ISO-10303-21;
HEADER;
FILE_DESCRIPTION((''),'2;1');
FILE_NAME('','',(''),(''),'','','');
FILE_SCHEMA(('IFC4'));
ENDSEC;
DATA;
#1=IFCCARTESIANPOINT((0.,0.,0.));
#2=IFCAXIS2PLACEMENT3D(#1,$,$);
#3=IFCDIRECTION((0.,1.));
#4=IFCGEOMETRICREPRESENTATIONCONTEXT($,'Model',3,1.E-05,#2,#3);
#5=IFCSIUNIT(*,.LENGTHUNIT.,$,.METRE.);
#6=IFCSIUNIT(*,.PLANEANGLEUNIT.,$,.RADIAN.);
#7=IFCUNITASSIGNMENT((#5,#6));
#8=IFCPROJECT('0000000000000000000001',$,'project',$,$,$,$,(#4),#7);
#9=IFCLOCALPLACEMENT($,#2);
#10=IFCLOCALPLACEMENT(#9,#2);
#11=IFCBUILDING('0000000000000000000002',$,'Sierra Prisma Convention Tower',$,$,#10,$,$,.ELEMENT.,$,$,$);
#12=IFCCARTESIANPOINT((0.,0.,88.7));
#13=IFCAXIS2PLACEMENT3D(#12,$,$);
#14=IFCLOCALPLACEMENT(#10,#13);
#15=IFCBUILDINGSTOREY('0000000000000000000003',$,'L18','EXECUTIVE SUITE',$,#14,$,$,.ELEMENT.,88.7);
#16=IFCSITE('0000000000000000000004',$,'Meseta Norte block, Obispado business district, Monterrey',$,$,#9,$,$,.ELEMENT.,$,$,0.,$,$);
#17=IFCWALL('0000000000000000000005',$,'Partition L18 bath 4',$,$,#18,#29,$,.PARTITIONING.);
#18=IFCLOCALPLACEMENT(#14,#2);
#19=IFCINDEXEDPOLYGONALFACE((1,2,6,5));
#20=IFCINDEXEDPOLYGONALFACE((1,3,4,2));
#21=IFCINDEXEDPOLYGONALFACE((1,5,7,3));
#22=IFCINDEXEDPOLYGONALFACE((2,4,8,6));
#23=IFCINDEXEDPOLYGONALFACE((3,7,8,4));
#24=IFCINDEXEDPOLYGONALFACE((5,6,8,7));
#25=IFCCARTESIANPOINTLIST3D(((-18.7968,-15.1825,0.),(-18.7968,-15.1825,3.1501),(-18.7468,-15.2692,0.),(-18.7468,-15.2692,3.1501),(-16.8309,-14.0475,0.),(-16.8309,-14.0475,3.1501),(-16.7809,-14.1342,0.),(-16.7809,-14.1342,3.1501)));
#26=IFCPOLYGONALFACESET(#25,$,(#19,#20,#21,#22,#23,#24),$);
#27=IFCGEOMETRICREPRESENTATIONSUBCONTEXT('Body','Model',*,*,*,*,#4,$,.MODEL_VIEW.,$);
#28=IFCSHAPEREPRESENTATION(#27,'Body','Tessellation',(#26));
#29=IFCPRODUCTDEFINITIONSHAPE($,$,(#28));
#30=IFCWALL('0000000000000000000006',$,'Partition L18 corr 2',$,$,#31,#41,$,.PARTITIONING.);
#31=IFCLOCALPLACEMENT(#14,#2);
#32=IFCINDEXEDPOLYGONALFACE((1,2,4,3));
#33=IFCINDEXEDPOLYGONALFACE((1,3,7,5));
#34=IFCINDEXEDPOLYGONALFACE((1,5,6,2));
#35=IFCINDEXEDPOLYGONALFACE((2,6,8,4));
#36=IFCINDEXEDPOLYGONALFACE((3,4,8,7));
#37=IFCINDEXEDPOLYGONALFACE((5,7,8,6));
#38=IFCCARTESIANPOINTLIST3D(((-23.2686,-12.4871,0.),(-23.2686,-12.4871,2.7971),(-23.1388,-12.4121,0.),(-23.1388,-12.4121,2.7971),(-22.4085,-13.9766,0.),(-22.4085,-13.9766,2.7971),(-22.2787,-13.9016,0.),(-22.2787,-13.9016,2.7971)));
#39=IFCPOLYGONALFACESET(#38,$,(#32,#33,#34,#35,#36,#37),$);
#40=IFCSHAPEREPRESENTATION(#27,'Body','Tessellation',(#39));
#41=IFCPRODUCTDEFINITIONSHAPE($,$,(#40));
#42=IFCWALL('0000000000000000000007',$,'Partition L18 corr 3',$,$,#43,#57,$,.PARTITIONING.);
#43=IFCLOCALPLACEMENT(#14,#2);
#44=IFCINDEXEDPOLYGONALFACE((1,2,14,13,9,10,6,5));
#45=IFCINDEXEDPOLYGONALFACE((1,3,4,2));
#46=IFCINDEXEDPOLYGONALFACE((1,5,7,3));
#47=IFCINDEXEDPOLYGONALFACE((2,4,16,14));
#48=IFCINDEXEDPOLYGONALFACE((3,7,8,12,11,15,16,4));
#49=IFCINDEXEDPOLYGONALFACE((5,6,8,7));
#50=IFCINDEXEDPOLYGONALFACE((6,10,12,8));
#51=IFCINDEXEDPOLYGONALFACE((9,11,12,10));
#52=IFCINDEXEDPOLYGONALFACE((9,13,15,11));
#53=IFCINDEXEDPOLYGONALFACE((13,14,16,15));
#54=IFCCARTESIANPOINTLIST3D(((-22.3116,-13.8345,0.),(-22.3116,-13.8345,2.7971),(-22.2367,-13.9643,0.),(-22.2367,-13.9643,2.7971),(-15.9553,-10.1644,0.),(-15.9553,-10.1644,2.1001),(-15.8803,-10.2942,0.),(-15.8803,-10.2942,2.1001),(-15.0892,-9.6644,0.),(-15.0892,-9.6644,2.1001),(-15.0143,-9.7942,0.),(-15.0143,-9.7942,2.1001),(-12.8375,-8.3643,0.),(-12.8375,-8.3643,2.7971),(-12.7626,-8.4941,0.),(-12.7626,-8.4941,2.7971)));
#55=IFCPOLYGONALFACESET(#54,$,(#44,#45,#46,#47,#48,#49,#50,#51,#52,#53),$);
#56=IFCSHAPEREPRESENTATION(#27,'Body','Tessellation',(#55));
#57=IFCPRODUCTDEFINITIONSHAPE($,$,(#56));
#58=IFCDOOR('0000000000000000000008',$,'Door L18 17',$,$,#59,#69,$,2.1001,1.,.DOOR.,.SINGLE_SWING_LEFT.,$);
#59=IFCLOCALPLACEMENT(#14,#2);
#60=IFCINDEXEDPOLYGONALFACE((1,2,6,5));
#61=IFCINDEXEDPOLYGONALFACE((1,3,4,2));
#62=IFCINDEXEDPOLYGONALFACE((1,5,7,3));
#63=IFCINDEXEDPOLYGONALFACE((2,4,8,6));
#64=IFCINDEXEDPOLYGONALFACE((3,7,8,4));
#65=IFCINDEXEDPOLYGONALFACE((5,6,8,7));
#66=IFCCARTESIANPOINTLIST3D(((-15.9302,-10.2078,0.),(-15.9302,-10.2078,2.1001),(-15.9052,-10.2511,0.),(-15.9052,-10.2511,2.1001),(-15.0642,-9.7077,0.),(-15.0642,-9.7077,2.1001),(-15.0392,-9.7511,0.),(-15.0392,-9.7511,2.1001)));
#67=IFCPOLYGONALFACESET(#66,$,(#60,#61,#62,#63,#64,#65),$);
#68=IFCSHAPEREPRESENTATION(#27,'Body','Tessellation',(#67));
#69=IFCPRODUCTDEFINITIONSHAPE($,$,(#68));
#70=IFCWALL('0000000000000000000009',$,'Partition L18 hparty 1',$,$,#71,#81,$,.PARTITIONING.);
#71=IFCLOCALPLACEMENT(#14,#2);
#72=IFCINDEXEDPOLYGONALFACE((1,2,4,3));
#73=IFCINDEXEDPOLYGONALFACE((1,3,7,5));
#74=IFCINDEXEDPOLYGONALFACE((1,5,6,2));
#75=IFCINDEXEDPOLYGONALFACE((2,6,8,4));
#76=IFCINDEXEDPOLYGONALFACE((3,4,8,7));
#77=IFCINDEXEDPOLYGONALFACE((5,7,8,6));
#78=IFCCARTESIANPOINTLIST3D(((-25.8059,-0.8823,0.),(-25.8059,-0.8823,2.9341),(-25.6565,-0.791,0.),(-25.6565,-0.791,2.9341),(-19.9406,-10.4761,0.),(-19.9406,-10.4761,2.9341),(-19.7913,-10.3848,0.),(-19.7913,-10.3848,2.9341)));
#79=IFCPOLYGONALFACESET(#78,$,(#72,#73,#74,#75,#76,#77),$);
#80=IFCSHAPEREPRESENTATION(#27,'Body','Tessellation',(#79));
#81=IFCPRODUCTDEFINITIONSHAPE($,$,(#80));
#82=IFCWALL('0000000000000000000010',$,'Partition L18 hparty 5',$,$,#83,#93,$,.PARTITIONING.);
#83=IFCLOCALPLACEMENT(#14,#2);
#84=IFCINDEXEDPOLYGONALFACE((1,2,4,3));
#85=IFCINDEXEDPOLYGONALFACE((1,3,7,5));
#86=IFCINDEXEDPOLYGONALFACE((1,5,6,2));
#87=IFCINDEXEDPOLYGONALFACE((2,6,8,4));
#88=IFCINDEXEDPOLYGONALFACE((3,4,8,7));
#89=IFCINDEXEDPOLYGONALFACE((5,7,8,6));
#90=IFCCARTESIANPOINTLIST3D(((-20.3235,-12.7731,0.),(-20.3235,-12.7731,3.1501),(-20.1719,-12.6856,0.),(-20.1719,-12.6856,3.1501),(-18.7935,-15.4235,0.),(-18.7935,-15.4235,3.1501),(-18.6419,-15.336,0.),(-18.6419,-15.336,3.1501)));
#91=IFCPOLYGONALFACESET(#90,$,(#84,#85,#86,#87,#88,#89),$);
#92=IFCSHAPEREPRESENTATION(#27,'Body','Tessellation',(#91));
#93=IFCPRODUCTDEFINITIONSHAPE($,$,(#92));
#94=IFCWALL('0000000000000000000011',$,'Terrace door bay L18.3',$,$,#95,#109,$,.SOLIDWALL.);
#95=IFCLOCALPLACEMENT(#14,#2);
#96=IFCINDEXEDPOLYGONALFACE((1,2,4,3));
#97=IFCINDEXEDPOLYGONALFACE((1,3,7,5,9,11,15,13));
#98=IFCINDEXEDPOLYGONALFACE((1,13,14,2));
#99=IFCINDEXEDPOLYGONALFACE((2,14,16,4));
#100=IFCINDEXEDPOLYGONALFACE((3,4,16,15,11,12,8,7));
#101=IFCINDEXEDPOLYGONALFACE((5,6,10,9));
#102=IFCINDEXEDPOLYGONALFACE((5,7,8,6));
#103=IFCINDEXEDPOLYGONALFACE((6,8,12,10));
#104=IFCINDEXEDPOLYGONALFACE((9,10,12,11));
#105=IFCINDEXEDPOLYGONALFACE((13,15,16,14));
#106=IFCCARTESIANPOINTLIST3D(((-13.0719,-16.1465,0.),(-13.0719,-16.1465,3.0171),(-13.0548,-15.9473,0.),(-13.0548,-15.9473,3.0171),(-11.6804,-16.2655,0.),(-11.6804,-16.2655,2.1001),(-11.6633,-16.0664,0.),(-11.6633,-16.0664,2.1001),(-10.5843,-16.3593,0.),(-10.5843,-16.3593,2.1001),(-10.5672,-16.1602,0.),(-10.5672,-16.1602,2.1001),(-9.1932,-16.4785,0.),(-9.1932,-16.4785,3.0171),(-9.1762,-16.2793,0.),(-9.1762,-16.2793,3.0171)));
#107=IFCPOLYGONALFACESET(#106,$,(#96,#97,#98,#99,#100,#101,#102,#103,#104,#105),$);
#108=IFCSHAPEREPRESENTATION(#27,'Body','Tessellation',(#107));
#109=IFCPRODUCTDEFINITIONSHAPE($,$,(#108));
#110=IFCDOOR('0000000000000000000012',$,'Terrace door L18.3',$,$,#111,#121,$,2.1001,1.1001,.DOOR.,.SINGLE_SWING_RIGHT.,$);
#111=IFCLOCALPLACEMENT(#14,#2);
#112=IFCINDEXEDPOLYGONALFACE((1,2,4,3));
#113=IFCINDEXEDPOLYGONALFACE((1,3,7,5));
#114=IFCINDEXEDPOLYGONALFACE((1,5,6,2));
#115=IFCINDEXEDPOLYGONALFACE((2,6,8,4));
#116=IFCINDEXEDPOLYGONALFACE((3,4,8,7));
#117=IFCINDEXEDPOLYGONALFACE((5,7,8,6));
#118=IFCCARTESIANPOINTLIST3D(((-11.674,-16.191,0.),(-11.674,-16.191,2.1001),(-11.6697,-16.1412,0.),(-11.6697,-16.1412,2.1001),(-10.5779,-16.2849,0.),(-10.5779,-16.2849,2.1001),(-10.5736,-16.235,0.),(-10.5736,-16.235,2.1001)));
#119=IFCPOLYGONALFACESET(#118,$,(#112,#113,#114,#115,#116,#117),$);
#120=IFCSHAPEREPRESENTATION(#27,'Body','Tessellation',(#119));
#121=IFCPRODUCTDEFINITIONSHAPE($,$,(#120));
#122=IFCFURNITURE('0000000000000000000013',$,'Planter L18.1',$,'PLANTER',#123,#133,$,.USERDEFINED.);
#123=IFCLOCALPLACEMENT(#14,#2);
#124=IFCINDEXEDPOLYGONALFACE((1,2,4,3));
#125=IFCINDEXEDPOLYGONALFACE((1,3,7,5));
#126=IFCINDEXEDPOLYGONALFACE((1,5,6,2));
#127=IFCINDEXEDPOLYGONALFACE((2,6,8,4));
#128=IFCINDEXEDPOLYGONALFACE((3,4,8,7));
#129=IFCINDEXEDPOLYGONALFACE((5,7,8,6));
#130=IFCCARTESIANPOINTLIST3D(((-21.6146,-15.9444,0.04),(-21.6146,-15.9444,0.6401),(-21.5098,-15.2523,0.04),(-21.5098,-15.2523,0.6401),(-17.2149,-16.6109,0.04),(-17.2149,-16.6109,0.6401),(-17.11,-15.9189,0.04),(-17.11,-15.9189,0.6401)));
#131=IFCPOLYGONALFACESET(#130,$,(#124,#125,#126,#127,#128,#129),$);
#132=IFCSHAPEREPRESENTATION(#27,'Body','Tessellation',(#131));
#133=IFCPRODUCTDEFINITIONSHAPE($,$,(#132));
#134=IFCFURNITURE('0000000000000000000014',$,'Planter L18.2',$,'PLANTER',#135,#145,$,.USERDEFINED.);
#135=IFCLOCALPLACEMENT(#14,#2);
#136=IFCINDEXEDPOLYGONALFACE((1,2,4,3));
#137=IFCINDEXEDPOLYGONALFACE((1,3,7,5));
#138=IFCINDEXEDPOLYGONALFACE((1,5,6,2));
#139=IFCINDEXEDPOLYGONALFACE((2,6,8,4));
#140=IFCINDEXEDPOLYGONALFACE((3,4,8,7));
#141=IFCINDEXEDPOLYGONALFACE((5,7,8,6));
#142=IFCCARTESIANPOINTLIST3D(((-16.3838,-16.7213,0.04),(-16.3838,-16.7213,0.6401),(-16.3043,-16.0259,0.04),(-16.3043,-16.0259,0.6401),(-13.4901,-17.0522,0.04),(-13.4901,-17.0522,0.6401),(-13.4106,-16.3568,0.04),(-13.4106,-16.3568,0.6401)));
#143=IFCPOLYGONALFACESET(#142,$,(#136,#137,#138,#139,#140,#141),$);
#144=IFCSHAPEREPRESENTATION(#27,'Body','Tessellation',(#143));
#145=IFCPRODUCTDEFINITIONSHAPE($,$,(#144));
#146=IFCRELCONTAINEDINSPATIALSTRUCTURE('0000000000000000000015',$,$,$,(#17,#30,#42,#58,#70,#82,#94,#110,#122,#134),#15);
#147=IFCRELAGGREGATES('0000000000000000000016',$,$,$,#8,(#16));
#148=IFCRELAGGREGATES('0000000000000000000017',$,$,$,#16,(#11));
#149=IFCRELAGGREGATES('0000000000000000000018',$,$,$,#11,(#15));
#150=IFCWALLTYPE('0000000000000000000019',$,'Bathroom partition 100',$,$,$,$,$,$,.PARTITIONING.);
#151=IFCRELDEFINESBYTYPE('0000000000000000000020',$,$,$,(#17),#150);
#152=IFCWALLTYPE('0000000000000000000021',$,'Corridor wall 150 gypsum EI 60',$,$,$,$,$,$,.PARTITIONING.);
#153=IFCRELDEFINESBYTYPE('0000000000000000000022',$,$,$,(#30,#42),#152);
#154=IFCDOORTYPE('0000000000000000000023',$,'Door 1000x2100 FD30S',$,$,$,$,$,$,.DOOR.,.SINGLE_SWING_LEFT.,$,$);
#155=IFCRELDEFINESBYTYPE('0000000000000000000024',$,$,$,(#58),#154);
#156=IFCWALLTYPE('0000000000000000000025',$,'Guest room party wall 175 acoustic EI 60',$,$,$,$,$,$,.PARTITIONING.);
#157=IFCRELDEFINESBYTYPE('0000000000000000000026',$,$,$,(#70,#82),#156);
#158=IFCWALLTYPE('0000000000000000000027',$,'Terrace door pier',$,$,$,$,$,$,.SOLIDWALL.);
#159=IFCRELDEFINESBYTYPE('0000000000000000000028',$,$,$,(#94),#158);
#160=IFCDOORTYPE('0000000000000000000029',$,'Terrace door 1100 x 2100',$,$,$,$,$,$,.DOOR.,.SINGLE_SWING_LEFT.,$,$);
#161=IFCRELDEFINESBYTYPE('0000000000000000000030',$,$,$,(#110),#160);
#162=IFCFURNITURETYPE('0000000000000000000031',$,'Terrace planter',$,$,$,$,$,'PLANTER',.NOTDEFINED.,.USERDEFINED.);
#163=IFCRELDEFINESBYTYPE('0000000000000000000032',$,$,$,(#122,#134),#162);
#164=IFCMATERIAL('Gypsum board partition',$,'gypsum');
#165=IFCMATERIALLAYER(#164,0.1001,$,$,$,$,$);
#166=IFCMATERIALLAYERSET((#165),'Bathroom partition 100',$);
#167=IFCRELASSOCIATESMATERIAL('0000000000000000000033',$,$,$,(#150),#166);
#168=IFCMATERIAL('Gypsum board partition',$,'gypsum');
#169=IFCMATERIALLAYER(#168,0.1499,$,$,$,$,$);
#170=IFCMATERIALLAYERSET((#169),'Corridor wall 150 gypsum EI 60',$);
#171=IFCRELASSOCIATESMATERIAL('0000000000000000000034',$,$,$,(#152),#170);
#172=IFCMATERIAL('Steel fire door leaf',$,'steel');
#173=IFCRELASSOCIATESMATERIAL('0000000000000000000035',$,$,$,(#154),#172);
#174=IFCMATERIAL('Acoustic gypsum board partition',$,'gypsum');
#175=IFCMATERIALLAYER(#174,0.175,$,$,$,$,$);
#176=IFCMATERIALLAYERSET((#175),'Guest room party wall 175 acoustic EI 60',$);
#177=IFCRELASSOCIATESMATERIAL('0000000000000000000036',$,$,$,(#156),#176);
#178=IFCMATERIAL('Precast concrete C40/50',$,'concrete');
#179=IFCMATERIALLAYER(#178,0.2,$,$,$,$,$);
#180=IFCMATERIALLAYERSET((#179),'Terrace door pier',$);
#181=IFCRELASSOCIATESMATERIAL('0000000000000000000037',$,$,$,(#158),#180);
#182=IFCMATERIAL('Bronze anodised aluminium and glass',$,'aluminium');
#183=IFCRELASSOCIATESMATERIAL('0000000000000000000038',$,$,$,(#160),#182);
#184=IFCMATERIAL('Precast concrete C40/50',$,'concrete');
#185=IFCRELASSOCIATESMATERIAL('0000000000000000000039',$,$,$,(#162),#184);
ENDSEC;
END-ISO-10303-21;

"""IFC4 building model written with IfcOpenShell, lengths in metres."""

from ifc_helpers import new_model, si_unit, direction, frame, frame_2d, origin, origin_2d, place, context, subcontext, project, spatial, rectangle, extrude, material, layer, layer_set, type_object, element, fill, save


model = new_model("IFC4")

# Units and contexts
model_context = context("Model", 3, precision=1e-05, world=origin(), true_north=direction((0.0, 1.0)))
body_context = subcontext(model_context, "Body", "Model", "MODEL_VIEW")
ifc_project = project(units=[si_unit("LENGTHUNIT", "METRE"), si_unit("PLANEANGLEUNIT", "RADIAN")], contexts=[model_context])

# Site, building, storey
site_placement = place(None, origin())
site = spatial("IfcSite", under=ifc_project, at=site_placement, Name="Meseta Norte block, Obispado business district, Monterrey", CompositionType="ELEMENT", RefElevation=0.0)
building_placement = place(site_placement, origin())
building = spatial("IfcBuilding", under=site, at=building_placement, Name="Sierra Prisma Convention Tower", CompositionType="ELEMENT")
storey_placement = place(building_placement, frame((0.0, 0.0, 88.7)))
storey = spatial("IfcBuildingStorey", under=building, at=storey_placement, Name="L18", Description="EXECUTIVE SUITE", CompositionType="ELEMENT", Elevation=88.7)

# Shared definitions
ifc_material_1 = material(Name="Gypsum board partition", Category="gypsum")
ifc_layer_1 = layer(ifc_material_1, 0.1001)
ifc_layer_set_1 = layer_set([ifc_layer_1], Name="Bathroom partition 100")
wall_type_1 = type_object("IfcWallType", Name="Bathroom partition 100", PredefinedType="PARTITIONING", material=ifc_layer_set_1)

# Walls
wall_1_placement = place(storey_placement, frame((-16.8059, -14.0908, 0.0), z_axis=(0.0, 0.0, 1.0), x_axis=(-0.866017, -0.500014, 0.0)))
element("IfcWall", 1, at=wall_1_placement, inside=storey, type_object=wall_type_1, Name="Partition L18 bath 4", PredefinedType="PARTITIONING", context=body_context, shape_type="SweptSolid", body=[
    extrude(rectangle(XDim=2.27, YDim=0.1001, at=frame_2d((1.135, 0.0))), origin(), (0.0, 0.0, 1.0), 3.1501),
])
ifc_material_2 = material(Name="Gypsum board partition", Category="gypsum")
ifc_layer_2 = layer(ifc_material_2, 0.1499)
ifc_layer_set_2 = layer_set([ifc_layer_2], Name="Corridor wall 150 gypsum EI 60")
wall_type_2 = type_object("IfcWallType", Name="Corridor wall 150 gypsum EI 60", PredefinedType="PARTITIONING", material=ifc_layer_set_2)
wall_2_placement = place(storey_placement, frame((-23.2036, -12.4497, 0.0), z_axis=(0.0, 0.0, 1.0), x_axis=(0.500062, -0.865989, 0.0)))
element("IfcWall", 2, at=wall_2_placement, inside=storey, type_object=wall_type_2, Name="Partition L18 corr 2", PredefinedType="PARTITIONING", context=body_context, shape_type="SweptSolid", body=[
    extrude(rectangle(XDim=1.72, YDim=0.1499, at=frame_2d((0.8599, 0.0))), origin(), (0.0, 0.0, 1.0), 2.7971),
])

# Wall, opening, door
wall_3_placement = place(storey_placement, frame((-22.2742, -13.8994, 0.0), z_axis=(0.0, 0.0, 1.0), x_axis=(0.866012, 0.500023, 0.0)))
wall_3 = element("IfcWall", 3, at=wall_3_placement, inside=storey, type_object=wall_type_2, Name="Partition L18 corr 3", PredefinedType="PARTITIONING", context=body_context, shape_type="SweptSolid", body=[
    extrude(rectangle(XDim=10.9399, YDim=0.1499, at=frame_2d((5.47, 0.0))), origin(), (0.0, 0.0, 1.0), 2.7971),
])
opening_1_placement = place(wall_3_placement, frame((7.3398, 0.0, 0.0)))
opening_1 = element("IfcOpeningElement", 4, at=opening_1_placement, cuts=wall_3, PredefinedType="OPENING", context=body_context, shape_type="SweptSolid", body=[
    extrude(rectangle(XDim=1.0, YDim=2.1001, at=frame_2d((0.5, 1.05))), frame((0.0, 0.075, 0.0), z_axis=(0.0, -1.0, 0.0), x_axis=(1.0, 0.0, 0.0)), (0.0, 0.0, 1.0), 0.1499),
])
ifc_material_3 = material(Name="Steel fire door leaf", Category="steel")
door_type_1 = type_object("IfcDoorType", Name="Door 1000x2100 FD30S", OperationType="SINGLE_SWING_LEFT", PredefinedType="DOOR", material=ifc_material_3)
door_1_placement = place(opening_1_placement, origin())
door_1 = element("IfcDoor", 5, at=door_1_placement, inside=storey, type_object=door_type_1, Name="Door L18 17", OperationType="SINGLE_SWING_LEFT", OverallHeight=2.1001, OverallWidth=1.0, PredefinedType="DOOR", context=body_context, shape_type="SweptSolid", body=[
    extrude(rectangle(XDim=1.0, YDim=2.1001, at=frame_2d((0.5, 1.05))), frame((0.0, 0.0249, 0.0), z_axis=(0.0, -1.0, 0.0), x_axis=(1.0, 0.0, 0.0)), (0.0, 0.0, 1.0), 0.05),
])
fill(opening_1, door_1)

# Walls
ifc_material_4 = material(Name="Acoustic gypsum board partition", Category="gypsum")
ifc_layer_3 = layer(ifc_material_4, 0.175)
ifc_layer_set_3 = layer_set([ifc_layer_3], Name="Guest room party wall 175 acoustic EI 60")
wall_type_3 = type_object("IfcWallType", Name="Guest room party wall 175 acoustic EI 60", PredefinedType="PARTITIONING", material=ifc_layer_set_3)
wall_4_placement = place(storey_placement, frame((-19.866, -10.4304, 0.0), z_axis=(0.0, 0.0, 1.0), x_axis=(-0.521605, 0.853187, 0.0)))
element("IfcWall", 6, at=wall_4_placement, inside=storey, type_object=wall_type_3, Name="Partition L18 hparty 1", PredefinedType="PARTITIONING", context=body_context, shape_type="SweptSolid", body=[
    extrude(rectangle(XDim=11.2446, YDim=0.175, at=frame_2d((5.6223, 0.0))), origin(), (0.0, 0.0, 1.0), 2.9341),
])
wall_5_placement = place(storey_placement, frame((-20.2478, -12.7292, 0.0), z_axis=(0.0, 0.0, 1.0), x_axis=(0.499957, -0.86605, 0.0)))
element("IfcWall", 7, at=wall_5_placement, inside=storey, type_object=wall_type_3, Name="Partition L18 hparty 5", PredefinedType="PARTITIONING", context=body_context, shape_type="SweptSolid", body=[
    extrude(rectangle(XDim=3.0603, YDim=0.175, at=frame_2d((1.5303, 0.0))), origin(), (0.0, 0.0, 1.0), 3.1501),
])

# Wall, opening, door
ifc_material_5 = material(Name="Precast concrete C40/50", Category="concrete")
ifc_layer_4 = layer(ifc_material_5, 0.2)
ifc_layer_set_4 = layer_set([ifc_layer_4], Name="Terrace door pier")
wall_type_4 = type_object("IfcWallType", Name="Terrace door pier", PredefinedType="SOLIDWALL", material=ifc_layer_set_4)
wall_6_placement = place(storey_placement, frame((-13.0632, -16.0469, 0.0), z_axis=(0.0, 0.0, 1.0), x_axis=(0.996356, -0.085293, 0.0)))
wall_6 = element("IfcWall", 8, at=wall_6_placement, inside=storey, type_object=wall_type_4, Name="Terrace door bay L18.3", PredefinedType="SOLIDWALL", context=body_context, shape_type="SweptSolid", body=[
    extrude(rectangle(XDim=3.8928, YDim=0.2, at=frame_2d((1.9463, 0.0))), origin(), (0.0, 0.0, 1.0), 3.0171),
])
opening_2_placement = place(wall_6_placement, frame((1.3965, 0.0, 0.0)))
opening_2 = element("IfcOpeningElement", 9, at=opening_2_placement, cuts=wall_6, PredefinedType="OPENING", context=body_context, shape_type="SweptSolid", body=[
    extrude(rectangle(XDim=1.1001, YDim=2.1001, at=frame_2d((0.55, 1.05))), frame((0.0, 0.1001, 0.0), z_axis=(0.0, -1.0, 0.0), x_axis=(1.0, 0.0, 0.0)), (0.0, 0.0, 1.0), 0.2),
])
ifc_material_6 = material(Name="Bronze anodised aluminium and glass", Category="aluminium")
door_type_2 = type_object("IfcDoorType", Name="Terrace door 1100 x 2100", OperationType="SINGLE_SWING_LEFT", PredefinedType="DOOR", material=ifc_material_6)
door_2_placement = place(opening_2_placement, origin())
door_2 = element("IfcDoor", 10, at=door_2_placement, inside=storey, type_object=door_type_2, Name="Terrace door L18.3", OperationType="SINGLE_SWING_RIGHT", OverallHeight=2.1001, OverallWidth=1.1001, PredefinedType="DOOR", context=body_context, shape_type="SweptSolid", body=[
    extrude(rectangle(XDim=1.1001, YDim=2.1001, at=frame_2d((0.55, 1.05))), frame((0.0, 0.0249, 0.0), z_axis=(0.0, -1.0, 0.0), x_axis=(1.0, 0.0, 0.0)), (0.0, 0.0, 1.0), 0.05),
])
fill(opening_2, door_2)

# Furniture
ifc_material_7 = material(Name="Precast concrete C40/50", Category="concrete")
furniture_type = type_object("IfcFurnitureType", Name="Terrace planter", ElementType="PLANTER", AssemblyPlace="NOTDEFINED", PredefinedType="USERDEFINED", material=ifc_material_7)
furniture_1_placement = place(storey_placement, frame((-19.3623, -15.9316, 0.04), z_axis=(0.0, 0.0, 1.0), x_axis=(0.988719, -0.149784, 0.0)))
element("IfcFurniture", 11, at=furniture_1_placement, inside=storey, type_object=furniture_type, Name="Planter L18.1", ObjectType="PLANTER", PredefinedType="USERDEFINED", context=body_context, shape_type="SweptSolid", body=[
    extrude(rectangle(XDim=4.45, YDim=0.7, at=origin_2d()), origin(), (0.0, 0.0, 1.0), 0.6001),
])
furniture_2_placement = place(storey_placement, frame((-14.8972, -16.5391, 0.04), z_axis=(0.0, 0.0, 1.0), x_axis=(0.993525, -0.113615, 0.0)))
element("IfcFurniture", 12, at=furniture_2_placement, inside=storey, type_object=furniture_type, Name="Planter L18.2", ObjectType="PLANTER", PredefinedType="USERDEFINED", context=body_context, shape_type="SweptSolid", body=[
    extrude(rectangle(XDim=2.9126, YDim=0.7, at=origin_2d()), origin(), (0.0, 0.0, 1.0), 0.6001),
])

save(model, "model.ifc")
